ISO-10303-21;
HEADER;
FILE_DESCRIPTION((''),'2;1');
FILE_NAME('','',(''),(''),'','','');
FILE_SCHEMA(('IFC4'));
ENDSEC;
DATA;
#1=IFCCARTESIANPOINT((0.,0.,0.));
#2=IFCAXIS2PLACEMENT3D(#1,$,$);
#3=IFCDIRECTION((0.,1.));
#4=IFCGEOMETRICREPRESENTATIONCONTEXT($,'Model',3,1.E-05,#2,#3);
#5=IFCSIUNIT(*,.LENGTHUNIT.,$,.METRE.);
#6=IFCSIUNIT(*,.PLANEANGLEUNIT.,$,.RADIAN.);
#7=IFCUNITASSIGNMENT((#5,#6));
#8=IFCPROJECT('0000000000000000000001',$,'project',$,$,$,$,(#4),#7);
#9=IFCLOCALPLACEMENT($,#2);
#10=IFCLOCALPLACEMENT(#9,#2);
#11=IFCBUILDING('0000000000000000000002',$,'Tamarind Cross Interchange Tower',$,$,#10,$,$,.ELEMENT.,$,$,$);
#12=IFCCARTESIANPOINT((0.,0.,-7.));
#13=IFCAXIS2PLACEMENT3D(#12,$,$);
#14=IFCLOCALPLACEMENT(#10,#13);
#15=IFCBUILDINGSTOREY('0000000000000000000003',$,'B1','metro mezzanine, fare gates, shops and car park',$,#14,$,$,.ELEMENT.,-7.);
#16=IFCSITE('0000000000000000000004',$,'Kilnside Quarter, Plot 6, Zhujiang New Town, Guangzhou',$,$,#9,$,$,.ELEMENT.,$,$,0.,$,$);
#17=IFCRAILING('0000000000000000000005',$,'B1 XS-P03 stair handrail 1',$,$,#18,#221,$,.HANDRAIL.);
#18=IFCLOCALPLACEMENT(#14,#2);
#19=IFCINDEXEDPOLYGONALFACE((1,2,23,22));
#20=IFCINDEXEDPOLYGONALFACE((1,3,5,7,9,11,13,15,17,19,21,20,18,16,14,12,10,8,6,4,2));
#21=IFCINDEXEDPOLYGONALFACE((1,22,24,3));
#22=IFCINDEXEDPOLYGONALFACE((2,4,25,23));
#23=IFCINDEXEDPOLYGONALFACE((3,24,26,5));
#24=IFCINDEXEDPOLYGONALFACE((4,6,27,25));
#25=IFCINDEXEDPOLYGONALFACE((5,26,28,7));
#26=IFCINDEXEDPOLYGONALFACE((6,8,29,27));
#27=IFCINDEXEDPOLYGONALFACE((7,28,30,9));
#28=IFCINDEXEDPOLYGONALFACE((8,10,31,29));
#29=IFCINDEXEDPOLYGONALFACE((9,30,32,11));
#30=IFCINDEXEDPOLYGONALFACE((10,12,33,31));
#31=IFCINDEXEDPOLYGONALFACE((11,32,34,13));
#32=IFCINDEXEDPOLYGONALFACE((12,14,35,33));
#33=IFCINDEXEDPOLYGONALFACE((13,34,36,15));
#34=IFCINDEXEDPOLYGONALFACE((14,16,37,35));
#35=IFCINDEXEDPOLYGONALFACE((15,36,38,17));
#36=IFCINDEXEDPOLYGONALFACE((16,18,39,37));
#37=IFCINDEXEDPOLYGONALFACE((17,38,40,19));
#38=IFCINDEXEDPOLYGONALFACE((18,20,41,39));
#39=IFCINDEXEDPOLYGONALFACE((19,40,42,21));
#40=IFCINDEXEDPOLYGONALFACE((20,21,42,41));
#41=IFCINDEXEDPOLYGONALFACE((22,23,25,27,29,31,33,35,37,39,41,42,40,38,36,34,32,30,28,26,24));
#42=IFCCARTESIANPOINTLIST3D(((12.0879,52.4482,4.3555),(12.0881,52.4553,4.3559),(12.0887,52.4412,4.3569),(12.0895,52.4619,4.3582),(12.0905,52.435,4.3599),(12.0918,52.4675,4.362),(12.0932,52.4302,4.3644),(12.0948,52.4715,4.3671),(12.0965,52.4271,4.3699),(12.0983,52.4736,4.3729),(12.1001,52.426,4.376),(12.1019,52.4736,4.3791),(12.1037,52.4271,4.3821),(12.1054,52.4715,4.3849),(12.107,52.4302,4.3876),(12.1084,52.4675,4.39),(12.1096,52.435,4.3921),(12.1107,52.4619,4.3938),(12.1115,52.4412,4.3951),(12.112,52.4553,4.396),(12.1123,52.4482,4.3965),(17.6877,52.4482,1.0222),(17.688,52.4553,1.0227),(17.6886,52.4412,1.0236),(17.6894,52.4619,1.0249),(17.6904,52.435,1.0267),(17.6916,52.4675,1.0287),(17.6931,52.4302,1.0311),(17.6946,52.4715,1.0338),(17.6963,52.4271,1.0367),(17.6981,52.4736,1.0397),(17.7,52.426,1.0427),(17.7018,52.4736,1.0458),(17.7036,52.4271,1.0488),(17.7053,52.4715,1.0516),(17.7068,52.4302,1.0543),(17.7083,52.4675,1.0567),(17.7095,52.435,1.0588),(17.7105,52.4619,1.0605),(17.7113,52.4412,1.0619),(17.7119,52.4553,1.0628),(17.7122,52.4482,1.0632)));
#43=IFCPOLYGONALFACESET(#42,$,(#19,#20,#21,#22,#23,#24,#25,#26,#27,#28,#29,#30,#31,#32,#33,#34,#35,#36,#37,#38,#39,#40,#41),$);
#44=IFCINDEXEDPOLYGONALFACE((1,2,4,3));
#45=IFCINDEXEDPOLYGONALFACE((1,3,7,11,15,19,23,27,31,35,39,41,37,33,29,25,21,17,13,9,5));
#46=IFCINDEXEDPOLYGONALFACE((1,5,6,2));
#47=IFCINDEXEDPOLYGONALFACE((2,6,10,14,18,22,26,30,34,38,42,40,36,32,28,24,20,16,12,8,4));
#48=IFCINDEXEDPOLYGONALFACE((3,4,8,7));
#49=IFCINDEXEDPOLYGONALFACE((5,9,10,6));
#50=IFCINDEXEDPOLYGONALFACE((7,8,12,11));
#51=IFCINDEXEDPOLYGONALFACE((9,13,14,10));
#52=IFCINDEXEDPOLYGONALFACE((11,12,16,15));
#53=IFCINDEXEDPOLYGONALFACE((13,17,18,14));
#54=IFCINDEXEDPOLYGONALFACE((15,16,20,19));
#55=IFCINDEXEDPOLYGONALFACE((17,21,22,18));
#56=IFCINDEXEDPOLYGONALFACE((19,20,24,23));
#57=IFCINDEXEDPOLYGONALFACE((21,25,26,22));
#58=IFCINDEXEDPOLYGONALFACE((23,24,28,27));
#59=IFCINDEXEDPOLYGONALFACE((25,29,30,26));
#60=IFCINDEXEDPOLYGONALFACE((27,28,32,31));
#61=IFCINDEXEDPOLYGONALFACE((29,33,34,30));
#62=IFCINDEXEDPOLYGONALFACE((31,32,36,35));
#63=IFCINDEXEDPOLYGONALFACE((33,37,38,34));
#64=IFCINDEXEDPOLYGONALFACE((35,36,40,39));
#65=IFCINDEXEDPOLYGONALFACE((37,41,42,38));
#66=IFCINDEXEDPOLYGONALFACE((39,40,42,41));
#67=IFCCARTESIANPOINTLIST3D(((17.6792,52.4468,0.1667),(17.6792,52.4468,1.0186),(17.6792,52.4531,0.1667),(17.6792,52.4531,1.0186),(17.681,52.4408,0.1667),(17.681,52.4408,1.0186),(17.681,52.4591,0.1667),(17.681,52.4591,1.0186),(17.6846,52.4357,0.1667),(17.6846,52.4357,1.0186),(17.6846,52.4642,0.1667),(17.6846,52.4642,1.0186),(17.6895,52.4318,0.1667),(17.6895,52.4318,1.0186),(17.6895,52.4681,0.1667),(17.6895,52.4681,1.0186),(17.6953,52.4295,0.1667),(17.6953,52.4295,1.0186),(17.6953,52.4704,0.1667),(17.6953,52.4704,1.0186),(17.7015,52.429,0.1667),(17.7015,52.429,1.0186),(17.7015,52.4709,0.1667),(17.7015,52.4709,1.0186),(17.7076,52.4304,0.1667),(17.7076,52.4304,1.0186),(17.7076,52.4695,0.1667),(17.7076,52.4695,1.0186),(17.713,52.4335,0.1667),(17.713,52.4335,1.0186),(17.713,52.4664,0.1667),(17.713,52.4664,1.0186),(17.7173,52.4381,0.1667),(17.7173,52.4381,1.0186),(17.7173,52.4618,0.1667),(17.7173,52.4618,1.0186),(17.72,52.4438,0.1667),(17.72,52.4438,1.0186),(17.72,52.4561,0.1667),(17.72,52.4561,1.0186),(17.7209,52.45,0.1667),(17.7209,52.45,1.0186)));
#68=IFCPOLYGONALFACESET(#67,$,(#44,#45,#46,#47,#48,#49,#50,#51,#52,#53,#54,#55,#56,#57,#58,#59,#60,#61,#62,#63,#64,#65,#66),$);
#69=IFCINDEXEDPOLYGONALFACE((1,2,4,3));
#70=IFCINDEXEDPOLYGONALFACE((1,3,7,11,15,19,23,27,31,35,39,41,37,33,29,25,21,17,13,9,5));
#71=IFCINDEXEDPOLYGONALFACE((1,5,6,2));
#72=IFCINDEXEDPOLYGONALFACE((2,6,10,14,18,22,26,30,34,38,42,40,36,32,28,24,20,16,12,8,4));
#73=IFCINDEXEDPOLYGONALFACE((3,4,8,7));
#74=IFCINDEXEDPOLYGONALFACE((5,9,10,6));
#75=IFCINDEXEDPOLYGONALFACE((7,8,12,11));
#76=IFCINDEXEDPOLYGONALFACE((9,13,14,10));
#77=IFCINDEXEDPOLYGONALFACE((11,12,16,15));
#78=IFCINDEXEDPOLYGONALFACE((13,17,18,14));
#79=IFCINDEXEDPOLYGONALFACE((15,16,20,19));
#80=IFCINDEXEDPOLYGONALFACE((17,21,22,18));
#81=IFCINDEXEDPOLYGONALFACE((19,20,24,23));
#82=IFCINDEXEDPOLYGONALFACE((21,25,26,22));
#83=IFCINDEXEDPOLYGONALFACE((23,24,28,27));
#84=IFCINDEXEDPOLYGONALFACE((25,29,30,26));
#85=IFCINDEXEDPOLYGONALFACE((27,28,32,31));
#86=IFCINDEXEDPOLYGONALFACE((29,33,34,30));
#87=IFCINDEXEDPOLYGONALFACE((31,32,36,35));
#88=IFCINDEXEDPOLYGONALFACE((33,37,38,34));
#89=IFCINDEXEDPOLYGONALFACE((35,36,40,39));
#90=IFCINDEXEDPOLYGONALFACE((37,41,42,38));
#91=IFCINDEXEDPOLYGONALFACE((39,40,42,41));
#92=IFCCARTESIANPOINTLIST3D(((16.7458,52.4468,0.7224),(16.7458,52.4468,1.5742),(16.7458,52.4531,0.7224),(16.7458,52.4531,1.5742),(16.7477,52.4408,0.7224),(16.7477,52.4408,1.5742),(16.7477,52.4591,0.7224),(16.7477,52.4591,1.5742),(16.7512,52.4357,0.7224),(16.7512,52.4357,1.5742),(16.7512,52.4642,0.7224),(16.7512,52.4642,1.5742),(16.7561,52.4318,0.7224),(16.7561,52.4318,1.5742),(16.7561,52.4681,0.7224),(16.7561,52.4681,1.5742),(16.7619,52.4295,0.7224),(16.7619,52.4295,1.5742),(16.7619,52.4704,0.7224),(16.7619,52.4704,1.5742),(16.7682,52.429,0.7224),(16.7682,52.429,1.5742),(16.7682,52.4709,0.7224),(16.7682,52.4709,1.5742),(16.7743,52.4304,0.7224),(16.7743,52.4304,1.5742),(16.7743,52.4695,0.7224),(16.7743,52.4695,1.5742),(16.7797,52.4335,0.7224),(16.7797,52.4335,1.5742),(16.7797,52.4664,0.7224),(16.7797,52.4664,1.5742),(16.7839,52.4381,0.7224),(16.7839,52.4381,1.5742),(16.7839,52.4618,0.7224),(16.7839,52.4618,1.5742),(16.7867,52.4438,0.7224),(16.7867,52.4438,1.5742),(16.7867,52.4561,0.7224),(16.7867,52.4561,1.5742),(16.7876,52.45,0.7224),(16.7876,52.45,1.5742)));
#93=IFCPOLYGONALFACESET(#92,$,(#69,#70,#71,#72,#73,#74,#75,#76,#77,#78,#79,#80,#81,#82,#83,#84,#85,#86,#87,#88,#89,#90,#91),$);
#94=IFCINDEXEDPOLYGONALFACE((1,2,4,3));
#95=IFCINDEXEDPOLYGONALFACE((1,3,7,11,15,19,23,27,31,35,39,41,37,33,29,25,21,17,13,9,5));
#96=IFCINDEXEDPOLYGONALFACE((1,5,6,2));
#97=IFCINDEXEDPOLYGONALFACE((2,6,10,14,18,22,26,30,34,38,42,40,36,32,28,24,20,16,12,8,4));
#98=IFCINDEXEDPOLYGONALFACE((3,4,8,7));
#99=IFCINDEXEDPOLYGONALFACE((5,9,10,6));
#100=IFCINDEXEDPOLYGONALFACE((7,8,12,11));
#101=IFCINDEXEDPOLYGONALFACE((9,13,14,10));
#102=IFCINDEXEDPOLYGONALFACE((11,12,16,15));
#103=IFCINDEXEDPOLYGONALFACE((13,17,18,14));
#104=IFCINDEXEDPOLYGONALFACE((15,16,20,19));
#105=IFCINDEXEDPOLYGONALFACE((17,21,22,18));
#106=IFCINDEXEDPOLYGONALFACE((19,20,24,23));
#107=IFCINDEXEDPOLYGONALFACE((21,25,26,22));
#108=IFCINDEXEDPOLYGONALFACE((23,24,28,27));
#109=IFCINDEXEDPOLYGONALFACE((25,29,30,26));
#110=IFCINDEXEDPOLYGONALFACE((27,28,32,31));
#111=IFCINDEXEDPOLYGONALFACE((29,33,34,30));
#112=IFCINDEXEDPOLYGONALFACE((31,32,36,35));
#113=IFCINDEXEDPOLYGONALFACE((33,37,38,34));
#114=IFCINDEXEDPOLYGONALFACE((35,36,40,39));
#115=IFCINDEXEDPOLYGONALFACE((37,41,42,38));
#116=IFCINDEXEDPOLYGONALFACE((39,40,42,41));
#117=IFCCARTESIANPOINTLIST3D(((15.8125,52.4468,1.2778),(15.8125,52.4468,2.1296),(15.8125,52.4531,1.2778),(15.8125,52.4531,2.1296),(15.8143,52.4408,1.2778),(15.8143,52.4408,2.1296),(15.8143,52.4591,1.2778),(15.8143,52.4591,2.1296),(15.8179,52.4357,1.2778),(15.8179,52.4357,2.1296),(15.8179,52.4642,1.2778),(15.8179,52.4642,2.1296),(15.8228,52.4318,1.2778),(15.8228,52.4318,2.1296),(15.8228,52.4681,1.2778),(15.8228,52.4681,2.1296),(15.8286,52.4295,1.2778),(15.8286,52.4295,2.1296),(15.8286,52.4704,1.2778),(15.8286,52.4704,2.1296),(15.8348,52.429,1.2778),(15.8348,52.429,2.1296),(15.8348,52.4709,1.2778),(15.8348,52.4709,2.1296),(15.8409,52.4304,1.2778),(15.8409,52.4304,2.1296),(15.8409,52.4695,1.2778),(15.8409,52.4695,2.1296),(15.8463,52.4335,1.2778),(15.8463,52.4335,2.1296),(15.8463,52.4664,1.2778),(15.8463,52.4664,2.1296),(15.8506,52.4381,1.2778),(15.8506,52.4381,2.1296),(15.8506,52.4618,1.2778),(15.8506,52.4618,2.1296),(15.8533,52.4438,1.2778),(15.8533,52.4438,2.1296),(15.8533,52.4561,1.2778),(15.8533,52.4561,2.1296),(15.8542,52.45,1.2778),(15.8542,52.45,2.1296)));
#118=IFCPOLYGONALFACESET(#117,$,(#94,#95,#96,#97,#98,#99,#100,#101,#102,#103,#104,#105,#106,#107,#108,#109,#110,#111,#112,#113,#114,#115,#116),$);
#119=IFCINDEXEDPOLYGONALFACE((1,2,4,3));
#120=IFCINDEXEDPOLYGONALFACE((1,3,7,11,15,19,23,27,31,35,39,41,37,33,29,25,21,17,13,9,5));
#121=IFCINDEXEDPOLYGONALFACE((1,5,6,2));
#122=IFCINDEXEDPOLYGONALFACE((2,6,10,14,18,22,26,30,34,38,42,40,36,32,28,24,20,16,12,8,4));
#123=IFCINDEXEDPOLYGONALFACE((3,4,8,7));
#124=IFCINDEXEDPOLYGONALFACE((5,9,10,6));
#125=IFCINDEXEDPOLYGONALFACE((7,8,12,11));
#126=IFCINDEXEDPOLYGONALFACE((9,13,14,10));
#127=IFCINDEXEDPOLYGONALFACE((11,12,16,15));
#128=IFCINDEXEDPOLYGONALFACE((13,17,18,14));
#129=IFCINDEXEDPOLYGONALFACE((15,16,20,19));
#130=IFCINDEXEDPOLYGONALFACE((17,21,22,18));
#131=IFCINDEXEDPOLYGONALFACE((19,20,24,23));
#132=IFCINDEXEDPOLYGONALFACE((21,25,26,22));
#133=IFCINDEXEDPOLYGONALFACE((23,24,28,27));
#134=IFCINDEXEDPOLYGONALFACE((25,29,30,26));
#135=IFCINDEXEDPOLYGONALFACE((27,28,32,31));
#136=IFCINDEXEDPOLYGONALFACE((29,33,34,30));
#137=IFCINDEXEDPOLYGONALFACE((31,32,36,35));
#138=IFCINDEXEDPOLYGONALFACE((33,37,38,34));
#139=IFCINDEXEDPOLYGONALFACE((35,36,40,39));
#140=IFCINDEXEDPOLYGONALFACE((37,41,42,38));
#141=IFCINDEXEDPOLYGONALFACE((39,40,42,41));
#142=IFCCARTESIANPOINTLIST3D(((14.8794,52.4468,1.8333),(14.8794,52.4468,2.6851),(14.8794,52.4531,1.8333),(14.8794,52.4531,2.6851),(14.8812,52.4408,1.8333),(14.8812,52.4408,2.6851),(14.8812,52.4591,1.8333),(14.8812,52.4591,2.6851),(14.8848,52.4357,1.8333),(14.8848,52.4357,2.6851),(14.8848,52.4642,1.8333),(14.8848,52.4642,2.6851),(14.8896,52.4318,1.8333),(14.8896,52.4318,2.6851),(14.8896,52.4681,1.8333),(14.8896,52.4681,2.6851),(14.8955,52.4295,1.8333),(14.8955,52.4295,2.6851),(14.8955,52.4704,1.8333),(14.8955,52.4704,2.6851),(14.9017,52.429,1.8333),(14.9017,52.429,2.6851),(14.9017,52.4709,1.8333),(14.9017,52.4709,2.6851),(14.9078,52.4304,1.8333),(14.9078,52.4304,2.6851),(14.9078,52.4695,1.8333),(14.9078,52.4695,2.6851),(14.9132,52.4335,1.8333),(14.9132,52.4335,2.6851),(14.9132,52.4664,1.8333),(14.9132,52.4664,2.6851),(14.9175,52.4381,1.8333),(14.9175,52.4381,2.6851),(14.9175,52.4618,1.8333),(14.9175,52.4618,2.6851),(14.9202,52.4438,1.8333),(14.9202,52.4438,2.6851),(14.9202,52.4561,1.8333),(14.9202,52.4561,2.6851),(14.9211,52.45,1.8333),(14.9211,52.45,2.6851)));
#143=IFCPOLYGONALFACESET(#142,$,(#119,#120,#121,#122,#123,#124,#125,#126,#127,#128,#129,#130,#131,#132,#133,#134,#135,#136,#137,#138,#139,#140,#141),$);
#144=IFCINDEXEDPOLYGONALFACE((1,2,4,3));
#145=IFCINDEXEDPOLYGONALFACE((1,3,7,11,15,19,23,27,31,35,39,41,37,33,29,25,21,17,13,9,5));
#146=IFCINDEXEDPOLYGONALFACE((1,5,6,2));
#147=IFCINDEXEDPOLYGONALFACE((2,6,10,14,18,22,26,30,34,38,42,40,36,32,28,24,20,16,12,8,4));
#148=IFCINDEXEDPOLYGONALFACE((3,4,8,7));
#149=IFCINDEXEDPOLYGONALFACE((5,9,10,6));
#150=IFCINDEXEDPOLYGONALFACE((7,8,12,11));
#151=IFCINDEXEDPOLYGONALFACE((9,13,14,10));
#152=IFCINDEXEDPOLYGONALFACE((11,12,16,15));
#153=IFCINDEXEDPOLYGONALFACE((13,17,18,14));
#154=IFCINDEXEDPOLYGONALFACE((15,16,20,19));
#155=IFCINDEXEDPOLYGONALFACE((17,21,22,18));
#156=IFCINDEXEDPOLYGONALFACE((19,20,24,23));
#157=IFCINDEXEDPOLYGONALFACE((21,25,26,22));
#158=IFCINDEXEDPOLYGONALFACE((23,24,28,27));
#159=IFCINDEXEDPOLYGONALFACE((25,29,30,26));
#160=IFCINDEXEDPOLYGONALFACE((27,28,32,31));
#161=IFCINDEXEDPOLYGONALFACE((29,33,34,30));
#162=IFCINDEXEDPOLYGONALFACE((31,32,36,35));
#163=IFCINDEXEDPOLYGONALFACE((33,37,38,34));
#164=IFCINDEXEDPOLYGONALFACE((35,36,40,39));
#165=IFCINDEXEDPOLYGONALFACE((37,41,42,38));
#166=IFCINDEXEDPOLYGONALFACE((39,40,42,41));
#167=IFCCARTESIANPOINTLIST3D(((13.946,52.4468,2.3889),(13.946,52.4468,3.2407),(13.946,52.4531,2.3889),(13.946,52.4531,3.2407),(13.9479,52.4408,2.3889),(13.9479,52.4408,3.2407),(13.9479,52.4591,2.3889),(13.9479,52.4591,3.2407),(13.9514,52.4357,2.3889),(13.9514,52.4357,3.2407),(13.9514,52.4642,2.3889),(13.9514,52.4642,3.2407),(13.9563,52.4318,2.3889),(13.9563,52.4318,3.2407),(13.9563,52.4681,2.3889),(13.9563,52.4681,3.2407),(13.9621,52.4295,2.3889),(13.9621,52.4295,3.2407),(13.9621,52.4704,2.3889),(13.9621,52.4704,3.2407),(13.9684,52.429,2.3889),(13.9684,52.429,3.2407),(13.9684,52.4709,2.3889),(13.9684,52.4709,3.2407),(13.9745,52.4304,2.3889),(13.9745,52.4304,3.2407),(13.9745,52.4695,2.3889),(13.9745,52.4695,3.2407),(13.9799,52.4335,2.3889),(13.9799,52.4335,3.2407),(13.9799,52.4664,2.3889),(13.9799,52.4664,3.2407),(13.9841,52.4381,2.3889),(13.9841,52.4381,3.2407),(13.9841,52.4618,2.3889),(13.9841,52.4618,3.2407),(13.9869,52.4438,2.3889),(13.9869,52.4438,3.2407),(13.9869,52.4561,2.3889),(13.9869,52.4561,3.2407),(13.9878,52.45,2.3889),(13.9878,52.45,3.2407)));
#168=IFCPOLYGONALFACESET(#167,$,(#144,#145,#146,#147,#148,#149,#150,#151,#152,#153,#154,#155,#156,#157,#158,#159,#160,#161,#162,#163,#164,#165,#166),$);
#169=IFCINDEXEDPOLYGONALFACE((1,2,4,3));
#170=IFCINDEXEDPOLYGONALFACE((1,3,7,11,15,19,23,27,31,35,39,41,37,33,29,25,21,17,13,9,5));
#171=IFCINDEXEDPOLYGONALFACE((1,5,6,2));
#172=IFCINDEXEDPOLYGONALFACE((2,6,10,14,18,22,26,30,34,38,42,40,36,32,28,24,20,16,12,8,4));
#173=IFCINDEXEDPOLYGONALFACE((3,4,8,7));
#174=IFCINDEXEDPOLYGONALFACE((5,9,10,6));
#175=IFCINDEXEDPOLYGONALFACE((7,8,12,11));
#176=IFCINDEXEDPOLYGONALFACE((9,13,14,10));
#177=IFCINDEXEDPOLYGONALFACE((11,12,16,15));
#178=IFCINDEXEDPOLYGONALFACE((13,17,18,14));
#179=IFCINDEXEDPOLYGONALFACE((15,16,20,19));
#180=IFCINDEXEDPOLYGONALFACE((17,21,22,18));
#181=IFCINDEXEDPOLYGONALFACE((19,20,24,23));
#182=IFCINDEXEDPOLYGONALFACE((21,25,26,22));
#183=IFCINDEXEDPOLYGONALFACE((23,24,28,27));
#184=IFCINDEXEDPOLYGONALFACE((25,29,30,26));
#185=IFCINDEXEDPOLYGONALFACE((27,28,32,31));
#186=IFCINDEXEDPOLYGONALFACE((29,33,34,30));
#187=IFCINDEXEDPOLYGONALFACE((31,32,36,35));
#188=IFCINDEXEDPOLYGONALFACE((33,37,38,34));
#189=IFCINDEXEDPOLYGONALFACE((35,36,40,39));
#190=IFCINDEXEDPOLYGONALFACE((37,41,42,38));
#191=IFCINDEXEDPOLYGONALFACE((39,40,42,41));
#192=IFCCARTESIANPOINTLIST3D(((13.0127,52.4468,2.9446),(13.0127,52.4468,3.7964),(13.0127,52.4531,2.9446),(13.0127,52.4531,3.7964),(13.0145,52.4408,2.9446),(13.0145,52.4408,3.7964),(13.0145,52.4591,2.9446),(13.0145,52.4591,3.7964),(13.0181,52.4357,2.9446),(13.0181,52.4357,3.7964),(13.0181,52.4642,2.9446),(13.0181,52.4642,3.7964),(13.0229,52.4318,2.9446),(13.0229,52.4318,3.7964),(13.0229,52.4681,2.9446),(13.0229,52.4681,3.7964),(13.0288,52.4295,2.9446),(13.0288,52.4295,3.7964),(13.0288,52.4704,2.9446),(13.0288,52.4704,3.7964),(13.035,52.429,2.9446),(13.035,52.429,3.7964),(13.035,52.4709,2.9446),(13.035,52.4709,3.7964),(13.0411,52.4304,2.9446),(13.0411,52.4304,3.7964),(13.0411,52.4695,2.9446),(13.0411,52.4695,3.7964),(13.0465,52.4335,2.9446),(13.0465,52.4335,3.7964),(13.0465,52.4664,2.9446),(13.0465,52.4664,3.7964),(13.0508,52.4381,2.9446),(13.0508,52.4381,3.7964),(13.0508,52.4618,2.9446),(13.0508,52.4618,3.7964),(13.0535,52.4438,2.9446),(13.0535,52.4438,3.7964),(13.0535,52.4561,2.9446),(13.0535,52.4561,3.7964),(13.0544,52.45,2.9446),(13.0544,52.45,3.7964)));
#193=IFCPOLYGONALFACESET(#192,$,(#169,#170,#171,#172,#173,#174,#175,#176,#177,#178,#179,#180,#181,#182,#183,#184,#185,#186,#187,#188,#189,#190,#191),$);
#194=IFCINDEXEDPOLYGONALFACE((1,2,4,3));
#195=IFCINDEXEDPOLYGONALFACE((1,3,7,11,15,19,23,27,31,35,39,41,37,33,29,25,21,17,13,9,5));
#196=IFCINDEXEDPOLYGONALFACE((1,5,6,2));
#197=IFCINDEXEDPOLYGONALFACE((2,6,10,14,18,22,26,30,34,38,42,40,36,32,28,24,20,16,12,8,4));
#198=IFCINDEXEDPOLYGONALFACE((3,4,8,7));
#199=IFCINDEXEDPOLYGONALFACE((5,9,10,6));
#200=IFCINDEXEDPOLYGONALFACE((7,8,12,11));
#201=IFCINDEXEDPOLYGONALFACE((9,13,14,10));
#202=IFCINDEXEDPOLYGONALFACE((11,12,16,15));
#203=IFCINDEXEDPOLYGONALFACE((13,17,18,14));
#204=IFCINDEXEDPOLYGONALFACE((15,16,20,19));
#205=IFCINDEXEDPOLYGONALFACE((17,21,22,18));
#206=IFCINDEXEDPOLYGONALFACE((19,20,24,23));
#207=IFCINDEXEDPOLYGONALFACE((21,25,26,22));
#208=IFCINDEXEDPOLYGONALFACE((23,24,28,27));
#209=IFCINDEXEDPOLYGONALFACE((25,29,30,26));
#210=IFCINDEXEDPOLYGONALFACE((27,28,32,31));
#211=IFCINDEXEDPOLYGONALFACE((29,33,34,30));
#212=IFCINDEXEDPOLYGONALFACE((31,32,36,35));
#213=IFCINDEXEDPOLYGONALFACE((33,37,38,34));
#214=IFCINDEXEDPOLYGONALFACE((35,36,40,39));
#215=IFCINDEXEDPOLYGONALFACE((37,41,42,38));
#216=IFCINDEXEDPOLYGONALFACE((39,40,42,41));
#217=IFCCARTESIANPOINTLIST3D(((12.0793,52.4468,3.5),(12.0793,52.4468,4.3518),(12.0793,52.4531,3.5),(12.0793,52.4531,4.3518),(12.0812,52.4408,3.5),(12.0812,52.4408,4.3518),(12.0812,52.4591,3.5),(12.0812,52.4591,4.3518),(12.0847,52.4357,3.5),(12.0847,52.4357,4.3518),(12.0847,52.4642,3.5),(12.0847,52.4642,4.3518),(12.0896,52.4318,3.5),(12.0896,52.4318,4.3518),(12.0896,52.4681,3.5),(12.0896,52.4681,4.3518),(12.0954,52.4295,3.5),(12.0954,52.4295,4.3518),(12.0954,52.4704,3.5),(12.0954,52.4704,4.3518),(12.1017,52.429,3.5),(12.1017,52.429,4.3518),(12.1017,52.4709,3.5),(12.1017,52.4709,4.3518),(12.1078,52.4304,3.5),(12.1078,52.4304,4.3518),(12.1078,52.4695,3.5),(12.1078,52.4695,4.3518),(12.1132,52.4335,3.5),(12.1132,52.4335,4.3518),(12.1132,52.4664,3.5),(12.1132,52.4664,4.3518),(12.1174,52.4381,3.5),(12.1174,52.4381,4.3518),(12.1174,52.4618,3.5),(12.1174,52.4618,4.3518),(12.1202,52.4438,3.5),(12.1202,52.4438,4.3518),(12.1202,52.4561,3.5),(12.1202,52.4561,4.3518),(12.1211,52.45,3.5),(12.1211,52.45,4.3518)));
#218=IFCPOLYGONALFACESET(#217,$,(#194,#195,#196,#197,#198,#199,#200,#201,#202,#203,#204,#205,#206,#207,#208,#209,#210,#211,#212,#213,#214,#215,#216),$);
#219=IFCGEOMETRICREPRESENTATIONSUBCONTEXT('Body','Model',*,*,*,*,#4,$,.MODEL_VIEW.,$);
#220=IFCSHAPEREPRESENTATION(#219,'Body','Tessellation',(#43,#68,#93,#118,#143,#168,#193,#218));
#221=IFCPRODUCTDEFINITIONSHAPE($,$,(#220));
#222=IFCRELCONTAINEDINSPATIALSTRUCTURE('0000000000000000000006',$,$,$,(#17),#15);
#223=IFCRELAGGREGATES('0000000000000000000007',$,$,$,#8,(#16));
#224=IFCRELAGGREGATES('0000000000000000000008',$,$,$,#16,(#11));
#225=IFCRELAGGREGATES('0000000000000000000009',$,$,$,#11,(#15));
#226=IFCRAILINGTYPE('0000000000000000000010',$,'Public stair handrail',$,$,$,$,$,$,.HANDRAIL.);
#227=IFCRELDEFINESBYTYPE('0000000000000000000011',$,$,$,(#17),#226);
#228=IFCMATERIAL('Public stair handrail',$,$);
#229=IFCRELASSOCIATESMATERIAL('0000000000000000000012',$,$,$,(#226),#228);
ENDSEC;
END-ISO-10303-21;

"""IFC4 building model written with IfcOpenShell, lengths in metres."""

from ifc_helpers import new_model, si_unit, direction, frame, origin, origin_2d, place, context, subcontext, project, spatial, circle, extrude, material, type_object, element, save


model = new_model("IFC4")

# Units and contexts
model_context = context("Model", 3, precision=1e-05, world=origin(), true_north=direction((0.0, 1.0)))
body_context = subcontext(model_context, "Body", "Model", "MODEL_VIEW")
ifc_project = project(units=[si_unit("LENGTHUNIT", "METRE"), si_unit("PLANEANGLEUNIT", "RADIAN")], contexts=[model_context])

# Site, building, storey
site_placement = place(None, origin())
site = spatial("IfcSite", under=ifc_project, at=site_placement, Name="Kilnside Quarter, Plot 6, Zhujiang New Town, Guangzhou", CompositionType="ELEMENT", RefElevation=0.0)
building_placement = place(site_placement, origin())
building = spatial("IfcBuilding", under=site, at=building_placement, Name="Tamarind Cross Interchange Tower", CompositionType="ELEMENT")
storey_placement = place(building_placement, frame((0.0, 0.0, -7.0)))
storey = spatial("IfcBuildingStorey", under=building, at=storey_placement, Name="B1", Description="metro mezzanine, fare gates, shops and car park", CompositionType="ELEMENT", Elevation=-7.0)

# Railing
ifc_material_1 = material(Name="Public stair handrail")
railing_type_1 = type_object("IfcRailingType", Name="Public stair handrail", PredefinedType="HANDRAIL", material=ifc_material_1)
railing_1_placement = place(storey_placement, frame((17.7, 52.45, 0.1667)))
element("IfcRailing", 1, at=railing_1_placement, inside=storey, type_object=railing_type_1, Name="B1 XS-P03 stair handrail 1", PredefinedType="HANDRAIL", context=body_context, shape_type="SweptSolid", body=[
    extrude(circle(Radius=0.0239, at=origin_2d()), frame((0.0, 0.0, 0.876), z_axis=(-0.859292, 0.0, 0.511485), x_axis=(0.0, -1.0, 0.0)), (0.0, 0.0, 1.0), 6.5168),
    extrude(circle(Radius=0.021, at=origin_2d()), origin(), (0.0, 0.0, 1.0), 0.8518),
    extrude(circle(Radius=0.021, at=origin_2d()), frame((-0.9333, 0.0, 0.5557)), (0.0, 0.0, 1.0), 0.8518),
    extrude(circle(Radius=0.021, at=origin_2d()), frame((-1.8667, 0.0, 1.1111)), (0.0, 0.0, 1.0), 0.8518),
    extrude(circle(Radius=0.021, at=origin_2d()), frame((-2.7998, 0.0, 1.6665)), (0.0, 0.0, 1.0), 0.8518),
    extrude(circle(Radius=0.021, at=origin_2d()), frame((-3.7332, 0.0, 2.2222)), (0.0, 0.0, 1.0), 0.8518),
    extrude(circle(Radius=0.021, at=origin_2d()), frame((-4.6665, 0.0, 2.7778)), (0.0, 0.0, 1.0), 0.8518),
    extrude(circle(Radius=0.021, at=origin_2d()), frame((-5.5999, 0.0, 3.3333)), (0.0, 0.0, 1.0), 0.8518),
])

save(model, "model.ifc")
